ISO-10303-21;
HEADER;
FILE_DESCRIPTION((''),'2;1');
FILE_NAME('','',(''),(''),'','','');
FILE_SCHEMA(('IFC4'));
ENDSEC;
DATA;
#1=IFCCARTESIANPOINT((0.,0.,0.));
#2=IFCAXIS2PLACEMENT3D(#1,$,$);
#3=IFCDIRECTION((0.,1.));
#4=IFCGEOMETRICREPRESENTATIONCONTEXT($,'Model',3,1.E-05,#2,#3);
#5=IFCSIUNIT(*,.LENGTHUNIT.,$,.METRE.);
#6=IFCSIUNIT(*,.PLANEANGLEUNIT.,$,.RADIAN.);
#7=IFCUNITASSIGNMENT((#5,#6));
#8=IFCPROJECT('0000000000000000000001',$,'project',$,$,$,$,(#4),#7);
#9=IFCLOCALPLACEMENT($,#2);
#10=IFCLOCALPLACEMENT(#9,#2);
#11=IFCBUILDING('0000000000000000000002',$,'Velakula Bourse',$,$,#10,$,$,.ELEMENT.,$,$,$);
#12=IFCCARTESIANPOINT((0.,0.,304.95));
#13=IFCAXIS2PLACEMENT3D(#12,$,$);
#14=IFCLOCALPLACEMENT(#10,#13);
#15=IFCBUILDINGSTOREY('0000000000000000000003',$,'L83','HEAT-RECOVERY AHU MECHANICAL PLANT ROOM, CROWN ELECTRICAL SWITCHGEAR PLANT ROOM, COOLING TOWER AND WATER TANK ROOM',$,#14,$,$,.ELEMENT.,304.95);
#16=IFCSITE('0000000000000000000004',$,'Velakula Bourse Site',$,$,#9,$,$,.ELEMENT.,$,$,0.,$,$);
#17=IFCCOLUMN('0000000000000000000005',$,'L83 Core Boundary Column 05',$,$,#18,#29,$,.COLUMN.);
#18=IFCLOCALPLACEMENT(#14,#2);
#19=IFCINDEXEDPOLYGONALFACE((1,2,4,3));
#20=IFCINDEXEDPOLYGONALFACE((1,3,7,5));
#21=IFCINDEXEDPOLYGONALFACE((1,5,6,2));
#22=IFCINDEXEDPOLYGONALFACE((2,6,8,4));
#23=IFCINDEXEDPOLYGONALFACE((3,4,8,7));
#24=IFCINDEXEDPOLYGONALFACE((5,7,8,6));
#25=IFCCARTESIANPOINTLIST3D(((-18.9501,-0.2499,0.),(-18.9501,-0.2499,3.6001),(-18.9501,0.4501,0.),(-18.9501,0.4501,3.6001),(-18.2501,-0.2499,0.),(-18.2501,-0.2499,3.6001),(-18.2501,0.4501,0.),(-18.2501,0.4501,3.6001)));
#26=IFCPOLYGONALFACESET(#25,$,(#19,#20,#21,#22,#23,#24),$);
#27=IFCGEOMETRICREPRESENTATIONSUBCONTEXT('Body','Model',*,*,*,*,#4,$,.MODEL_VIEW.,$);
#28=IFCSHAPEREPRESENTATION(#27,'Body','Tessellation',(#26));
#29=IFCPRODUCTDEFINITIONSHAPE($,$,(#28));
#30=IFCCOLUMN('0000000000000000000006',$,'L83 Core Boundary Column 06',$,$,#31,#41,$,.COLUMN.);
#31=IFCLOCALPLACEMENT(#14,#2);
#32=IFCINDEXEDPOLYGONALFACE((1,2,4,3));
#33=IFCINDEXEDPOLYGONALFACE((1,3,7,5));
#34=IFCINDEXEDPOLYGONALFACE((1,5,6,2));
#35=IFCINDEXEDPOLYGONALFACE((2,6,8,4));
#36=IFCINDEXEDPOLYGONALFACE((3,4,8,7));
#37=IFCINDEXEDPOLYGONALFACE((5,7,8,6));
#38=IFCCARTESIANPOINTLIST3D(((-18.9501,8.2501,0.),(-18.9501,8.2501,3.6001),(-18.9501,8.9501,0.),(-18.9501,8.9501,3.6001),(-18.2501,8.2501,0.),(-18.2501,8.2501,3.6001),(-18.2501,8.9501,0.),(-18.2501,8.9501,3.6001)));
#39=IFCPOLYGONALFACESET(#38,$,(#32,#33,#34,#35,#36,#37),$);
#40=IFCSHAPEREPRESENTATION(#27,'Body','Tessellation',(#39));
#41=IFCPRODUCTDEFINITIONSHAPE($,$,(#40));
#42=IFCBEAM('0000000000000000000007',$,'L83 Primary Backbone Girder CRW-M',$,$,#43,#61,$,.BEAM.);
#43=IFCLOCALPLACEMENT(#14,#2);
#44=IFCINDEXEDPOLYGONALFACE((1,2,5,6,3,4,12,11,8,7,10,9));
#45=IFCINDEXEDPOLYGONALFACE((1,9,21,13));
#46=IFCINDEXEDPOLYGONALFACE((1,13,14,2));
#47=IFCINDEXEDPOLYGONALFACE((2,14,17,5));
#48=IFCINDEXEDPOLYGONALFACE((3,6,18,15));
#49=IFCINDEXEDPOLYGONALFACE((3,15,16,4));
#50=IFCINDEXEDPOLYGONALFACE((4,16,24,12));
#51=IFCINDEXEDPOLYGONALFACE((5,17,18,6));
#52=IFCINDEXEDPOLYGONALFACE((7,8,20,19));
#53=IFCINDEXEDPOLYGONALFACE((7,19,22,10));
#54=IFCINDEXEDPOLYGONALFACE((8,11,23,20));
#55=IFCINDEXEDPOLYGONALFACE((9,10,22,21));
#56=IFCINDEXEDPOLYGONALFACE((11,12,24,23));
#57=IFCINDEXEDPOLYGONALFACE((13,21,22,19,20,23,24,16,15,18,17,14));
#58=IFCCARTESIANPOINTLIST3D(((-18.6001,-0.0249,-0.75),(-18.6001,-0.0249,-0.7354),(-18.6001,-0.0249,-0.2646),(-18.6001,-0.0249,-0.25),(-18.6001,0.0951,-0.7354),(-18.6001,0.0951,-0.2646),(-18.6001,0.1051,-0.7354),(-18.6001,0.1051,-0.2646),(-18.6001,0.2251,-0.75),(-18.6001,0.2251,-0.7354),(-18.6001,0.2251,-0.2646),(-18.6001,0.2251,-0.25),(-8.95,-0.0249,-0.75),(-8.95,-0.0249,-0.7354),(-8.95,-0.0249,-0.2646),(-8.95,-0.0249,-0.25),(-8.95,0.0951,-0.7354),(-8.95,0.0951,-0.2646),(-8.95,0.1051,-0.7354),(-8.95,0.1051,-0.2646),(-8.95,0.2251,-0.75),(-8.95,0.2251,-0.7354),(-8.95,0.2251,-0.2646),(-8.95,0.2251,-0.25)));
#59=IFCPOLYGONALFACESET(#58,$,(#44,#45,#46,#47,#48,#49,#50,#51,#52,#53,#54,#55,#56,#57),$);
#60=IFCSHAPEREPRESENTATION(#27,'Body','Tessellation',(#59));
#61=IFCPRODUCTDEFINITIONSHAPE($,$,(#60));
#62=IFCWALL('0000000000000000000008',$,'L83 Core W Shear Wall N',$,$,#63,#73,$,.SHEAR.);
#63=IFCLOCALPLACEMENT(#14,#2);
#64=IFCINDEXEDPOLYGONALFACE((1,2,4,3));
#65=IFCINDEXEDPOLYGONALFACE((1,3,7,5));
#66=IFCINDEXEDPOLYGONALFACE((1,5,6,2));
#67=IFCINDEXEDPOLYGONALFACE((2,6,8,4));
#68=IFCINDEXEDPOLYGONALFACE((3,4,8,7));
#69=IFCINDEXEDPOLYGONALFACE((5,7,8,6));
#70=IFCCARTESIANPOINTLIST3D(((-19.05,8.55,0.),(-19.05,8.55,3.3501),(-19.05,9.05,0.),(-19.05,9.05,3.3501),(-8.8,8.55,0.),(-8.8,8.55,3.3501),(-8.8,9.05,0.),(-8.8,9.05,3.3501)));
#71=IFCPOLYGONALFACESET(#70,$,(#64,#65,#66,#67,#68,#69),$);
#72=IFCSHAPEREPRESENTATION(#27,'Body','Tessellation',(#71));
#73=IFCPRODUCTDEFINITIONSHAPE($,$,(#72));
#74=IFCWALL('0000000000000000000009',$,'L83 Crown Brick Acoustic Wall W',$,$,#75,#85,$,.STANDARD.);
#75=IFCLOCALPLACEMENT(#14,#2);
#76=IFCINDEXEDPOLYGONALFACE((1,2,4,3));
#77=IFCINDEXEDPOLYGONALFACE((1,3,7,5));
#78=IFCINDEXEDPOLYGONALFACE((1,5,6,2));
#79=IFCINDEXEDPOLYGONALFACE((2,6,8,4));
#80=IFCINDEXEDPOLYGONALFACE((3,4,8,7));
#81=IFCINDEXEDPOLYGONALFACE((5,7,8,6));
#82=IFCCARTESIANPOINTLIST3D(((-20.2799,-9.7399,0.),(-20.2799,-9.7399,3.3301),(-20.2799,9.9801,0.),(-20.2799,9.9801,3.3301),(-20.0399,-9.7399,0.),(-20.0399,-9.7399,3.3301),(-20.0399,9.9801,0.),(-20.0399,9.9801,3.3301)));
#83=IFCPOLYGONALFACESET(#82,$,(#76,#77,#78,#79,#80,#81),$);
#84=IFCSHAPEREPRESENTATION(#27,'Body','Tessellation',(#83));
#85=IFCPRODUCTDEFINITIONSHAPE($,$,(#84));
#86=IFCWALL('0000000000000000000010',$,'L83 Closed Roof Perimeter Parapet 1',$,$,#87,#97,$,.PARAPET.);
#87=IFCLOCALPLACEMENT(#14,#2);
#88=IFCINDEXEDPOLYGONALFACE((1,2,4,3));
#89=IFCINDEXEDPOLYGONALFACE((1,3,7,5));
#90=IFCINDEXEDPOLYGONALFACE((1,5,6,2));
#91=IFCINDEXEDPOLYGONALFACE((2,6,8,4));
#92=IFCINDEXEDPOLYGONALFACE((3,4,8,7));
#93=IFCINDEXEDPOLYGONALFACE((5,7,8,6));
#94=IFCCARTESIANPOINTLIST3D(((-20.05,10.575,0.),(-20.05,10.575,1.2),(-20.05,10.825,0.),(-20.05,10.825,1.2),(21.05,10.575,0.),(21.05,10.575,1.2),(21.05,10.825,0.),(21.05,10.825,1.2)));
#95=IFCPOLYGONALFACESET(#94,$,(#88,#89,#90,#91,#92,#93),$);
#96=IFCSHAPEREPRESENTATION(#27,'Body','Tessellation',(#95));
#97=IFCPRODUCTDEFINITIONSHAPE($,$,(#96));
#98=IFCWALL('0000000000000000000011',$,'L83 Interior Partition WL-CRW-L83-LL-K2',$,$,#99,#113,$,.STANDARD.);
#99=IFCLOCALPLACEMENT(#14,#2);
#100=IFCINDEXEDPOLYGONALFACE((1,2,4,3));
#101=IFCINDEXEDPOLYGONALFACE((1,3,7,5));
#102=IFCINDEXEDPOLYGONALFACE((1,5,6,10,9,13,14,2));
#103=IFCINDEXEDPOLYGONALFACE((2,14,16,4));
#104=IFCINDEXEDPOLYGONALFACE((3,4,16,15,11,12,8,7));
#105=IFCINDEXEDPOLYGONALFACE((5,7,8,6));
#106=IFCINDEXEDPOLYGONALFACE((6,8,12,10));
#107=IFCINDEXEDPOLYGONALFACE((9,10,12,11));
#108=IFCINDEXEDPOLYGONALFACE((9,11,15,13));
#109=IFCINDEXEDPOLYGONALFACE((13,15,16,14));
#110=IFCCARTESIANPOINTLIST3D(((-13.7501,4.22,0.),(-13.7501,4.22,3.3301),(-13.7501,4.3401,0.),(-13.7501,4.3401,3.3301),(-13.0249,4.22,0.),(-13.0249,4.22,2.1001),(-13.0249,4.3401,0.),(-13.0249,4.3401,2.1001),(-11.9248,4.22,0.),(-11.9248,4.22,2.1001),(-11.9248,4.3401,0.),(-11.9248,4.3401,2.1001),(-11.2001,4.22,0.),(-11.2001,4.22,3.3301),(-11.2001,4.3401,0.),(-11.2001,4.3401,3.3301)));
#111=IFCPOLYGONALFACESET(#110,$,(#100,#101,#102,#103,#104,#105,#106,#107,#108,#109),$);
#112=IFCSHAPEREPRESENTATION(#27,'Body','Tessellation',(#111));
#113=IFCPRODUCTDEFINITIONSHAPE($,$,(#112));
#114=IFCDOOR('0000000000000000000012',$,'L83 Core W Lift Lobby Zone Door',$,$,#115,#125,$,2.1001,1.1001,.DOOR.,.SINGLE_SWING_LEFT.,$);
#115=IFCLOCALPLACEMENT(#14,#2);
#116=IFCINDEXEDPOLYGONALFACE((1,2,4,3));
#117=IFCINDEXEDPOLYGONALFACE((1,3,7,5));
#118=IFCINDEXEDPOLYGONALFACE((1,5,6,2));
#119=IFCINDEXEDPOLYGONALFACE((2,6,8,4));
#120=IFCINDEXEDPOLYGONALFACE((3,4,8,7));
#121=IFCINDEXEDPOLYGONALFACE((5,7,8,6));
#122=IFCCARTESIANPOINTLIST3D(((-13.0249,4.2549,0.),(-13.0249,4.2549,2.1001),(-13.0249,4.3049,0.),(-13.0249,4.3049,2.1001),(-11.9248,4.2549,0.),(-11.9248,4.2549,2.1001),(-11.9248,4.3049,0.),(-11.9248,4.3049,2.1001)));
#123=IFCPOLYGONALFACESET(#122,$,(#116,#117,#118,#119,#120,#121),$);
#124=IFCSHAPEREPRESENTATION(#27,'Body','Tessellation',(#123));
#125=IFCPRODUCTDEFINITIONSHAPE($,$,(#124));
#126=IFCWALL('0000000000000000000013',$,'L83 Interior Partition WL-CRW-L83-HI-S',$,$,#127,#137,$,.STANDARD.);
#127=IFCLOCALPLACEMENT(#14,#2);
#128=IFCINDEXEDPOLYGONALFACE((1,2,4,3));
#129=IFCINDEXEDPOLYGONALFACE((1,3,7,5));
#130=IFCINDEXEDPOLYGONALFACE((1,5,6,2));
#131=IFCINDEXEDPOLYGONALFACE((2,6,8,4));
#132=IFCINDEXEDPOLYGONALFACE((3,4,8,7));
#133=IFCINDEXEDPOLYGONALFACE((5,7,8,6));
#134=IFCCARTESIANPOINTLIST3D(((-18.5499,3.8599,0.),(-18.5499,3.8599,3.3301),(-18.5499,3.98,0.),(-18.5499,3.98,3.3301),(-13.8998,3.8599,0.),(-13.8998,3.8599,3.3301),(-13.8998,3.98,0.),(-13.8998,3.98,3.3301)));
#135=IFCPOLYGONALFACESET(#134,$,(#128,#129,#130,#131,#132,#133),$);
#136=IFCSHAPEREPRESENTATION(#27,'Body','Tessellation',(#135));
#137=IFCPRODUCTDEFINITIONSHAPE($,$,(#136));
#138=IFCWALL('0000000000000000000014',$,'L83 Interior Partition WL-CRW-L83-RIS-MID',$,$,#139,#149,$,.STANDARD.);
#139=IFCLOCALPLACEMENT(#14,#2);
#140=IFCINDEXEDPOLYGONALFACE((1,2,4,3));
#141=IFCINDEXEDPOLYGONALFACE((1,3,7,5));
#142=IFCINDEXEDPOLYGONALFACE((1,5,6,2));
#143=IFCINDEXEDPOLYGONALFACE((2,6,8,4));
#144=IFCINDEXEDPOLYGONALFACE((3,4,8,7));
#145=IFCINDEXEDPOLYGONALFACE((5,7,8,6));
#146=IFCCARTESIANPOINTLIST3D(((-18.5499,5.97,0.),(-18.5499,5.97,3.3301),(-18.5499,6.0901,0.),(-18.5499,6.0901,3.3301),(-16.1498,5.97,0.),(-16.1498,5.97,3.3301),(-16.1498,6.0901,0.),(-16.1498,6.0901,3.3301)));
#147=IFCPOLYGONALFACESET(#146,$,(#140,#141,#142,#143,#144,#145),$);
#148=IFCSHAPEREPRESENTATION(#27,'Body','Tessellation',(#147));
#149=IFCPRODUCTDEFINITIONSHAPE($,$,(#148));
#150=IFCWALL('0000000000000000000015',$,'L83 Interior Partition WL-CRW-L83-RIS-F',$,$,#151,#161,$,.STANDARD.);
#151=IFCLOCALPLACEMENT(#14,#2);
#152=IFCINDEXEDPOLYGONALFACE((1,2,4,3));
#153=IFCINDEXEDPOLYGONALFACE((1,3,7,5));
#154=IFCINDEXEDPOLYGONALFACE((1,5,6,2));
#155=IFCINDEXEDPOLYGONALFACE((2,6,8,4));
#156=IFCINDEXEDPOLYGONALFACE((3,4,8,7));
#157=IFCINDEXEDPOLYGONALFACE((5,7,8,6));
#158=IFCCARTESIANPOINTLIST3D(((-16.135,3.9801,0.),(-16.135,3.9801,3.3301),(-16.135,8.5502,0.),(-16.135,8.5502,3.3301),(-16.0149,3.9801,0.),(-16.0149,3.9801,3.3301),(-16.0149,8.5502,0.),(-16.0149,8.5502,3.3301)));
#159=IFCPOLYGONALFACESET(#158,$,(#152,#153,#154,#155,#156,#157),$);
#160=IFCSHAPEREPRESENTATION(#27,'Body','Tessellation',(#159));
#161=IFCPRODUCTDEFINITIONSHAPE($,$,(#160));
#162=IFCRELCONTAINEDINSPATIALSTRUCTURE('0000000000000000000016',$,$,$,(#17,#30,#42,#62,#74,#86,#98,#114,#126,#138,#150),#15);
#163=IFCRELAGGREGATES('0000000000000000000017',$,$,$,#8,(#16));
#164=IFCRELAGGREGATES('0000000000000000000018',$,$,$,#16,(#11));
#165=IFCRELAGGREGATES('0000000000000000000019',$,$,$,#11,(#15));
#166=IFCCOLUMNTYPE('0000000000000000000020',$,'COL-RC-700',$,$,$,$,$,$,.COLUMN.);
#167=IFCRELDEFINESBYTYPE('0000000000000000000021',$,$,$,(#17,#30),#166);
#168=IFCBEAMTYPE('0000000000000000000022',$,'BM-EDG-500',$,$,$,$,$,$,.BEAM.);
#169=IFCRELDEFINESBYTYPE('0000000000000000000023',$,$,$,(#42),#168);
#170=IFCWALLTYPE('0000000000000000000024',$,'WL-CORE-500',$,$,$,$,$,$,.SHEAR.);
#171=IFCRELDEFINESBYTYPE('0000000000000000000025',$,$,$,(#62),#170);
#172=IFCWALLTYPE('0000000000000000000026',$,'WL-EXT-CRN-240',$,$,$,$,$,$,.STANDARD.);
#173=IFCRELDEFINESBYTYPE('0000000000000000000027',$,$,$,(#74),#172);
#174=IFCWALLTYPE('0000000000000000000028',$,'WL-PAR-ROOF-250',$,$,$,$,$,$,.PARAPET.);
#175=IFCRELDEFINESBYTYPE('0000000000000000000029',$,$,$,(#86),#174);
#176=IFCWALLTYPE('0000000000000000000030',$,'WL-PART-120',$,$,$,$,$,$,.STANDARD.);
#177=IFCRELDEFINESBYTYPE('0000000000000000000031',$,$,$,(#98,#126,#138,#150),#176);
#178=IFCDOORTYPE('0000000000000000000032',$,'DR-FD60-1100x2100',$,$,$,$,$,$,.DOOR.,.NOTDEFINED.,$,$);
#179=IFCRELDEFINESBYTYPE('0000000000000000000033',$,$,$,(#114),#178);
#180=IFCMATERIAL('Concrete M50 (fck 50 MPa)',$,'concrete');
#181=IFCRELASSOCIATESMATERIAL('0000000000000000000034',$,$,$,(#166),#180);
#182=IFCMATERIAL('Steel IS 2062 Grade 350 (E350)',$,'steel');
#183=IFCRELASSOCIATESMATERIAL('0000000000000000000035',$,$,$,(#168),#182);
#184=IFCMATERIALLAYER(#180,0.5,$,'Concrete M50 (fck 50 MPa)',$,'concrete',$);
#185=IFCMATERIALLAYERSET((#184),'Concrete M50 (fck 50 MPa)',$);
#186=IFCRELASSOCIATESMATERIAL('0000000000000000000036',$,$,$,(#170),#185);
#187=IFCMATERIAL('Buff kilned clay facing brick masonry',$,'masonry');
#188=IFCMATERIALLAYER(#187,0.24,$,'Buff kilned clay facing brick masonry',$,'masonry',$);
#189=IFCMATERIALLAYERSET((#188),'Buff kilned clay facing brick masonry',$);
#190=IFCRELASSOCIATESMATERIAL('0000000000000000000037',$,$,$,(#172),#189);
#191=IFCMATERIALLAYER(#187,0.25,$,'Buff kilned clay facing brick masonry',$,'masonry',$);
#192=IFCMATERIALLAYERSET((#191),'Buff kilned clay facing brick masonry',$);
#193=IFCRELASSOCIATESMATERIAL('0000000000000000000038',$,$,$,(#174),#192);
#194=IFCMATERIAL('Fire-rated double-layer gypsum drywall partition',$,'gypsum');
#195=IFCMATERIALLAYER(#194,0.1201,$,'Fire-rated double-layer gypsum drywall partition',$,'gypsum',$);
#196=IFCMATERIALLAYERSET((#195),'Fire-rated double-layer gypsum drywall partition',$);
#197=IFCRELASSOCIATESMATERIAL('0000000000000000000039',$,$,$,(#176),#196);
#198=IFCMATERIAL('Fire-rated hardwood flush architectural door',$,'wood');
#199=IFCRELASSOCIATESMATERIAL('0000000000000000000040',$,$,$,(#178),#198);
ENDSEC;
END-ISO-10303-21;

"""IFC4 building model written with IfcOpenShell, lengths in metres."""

from ifc_helpers import new_model, si_unit, direction, frame, frame_2d, origin, origin_2d, place, context, subcontext, project, spatial, rectangle, i_section, extrude, material, layer, layer_set, material_profile, profile_set, type_object, element, fill, save


model = new_model("IFC4")

# Units and contexts
model_context = context("Model", 3, precision=1e-05, world=origin(), true_north=direction((0.0, 1.0)))
body_context = subcontext(model_context, "Body", "Model", "MODEL_VIEW")
ifc_project = project(units=[si_unit("LENGTHUNIT", "METRE"), si_unit("PLANEANGLEUNIT", "RADIAN")], contexts=[model_context])

# Site, building, storey
site_placement = place(None, origin())
site = spatial("IfcSite", under=ifc_project, at=site_placement, Name="Velakula Bourse Site", CompositionType="ELEMENT", RefElevation=0.0)
building_placement = place(site_placement, origin())
building = spatial("IfcBuilding", under=site, at=building_placement, Name="Velakula Bourse", CompositionType="ELEMENT")
storey_placement = place(building_placement, frame((0.0, 0.0, 304.95)))
storey = spatial("IfcBuildingStorey", under=building, at=storey_placement, Name="L83", Description="HEAT-RECOVERY AHU MECHANICAL PLANT ROOM, CROWN ELECTRICAL SWITCHGEAR PLANT ROOM, COOLING TOWER AND WATER TANK ROOM", CompositionType="ELEMENT", Elevation=304.95)

# Columns
ifc_material_1 = material(Name="Concrete M50 (fck 50 MPa)", Category="concrete")
ifc_material_profile_1 = material_profile(ifc_material_1, rectangle(XDim=0.7, YDim=0.7, at=origin_2d()), Name="Concrete M50 (fck 50 MPa)")
ifc_profile_set_1 = profile_set([ifc_material_profile_1], Name="Concrete M50 (fck 50 MPa)")
column_type = type_object("IfcColumnType", Name="COL-RC-700", PredefinedType="COLUMN", material=ifc_profile_set_1)
for number, where, z_axis, x_axis, name in (
    (1, (-18.6001, 0.1001, 0.0), (0.0, 0.0, 1.0), (1.0, 0.0, 0.0), "L83 Core Boundary Column 05"),
    (2, (-18.6001, 8.6001, 0.0), (0.0, 0.0, 1.0), (1.0, 0.0, 0.0), "L83 Core Boundary Column 06"),
):
    element("IfcColumn", number, at=place(storey_placement, frame(where, z_axis=z_axis, x_axis=x_axis)), inside=storey, type_object=column_type, Name=name, PredefinedType="COLUMN", context=body_context, shape_type="SweptSolid", body=[
        extrude(rectangle(XDim=0.7, YDim=0.7, at=origin_2d()), origin(), (0.0, 0.0, 1.0), 3.6001),
    ])

# Beam
ifc_material_2 = material(Name="Steel IS 2062 Grade 350 (E350)", Category="steel")
ifc_material_profile_2 = material_profile(ifc_material_2, i_section(OverallWidth=0.25, OverallDepth=0.5, WebThickness=0.01, FlangeThickness=0.0146, at=origin_2d()), Name="Steel IS 2062 Grade 350 (E350)")
ifc_profile_set_2 = profile_set([ifc_material_profile_2], Name="Steel IS 2062 Grade 350 (E350)")
beam_type = type_object("IfcBeamType", Name="BM-EDG-500", PredefinedType="BEAM", material=ifc_profile_set_2)
beam_placement = place(storey_placement, frame((-18.6001, 0.1001, -0.5), z_axis=(1.0, 0.0, 0.0), x_axis=(0.0, 1.0, 0.0)))
element("IfcBeam", 3, at=beam_placement, inside=storey, type_object=beam_type, Name="L83 Primary Backbone Girder CRW-M", PredefinedType="BEAM", context=body_context, shape_type="SweptSolid", body=[
    extrude(i_section(OverallWidth=0.25, OverallDepth=0.5, WebThickness=0.01, FlangeThickness=0.0146, at=origin_2d()), origin(), (0.0, 0.0, 1.0), 9.6501),
])

# Walls
ifc_layer_1 = layer(ifc_material_1, 0.5, Name="Concrete M50 (fck 50 MPa)", Category="concrete")
ifc_layer_set_1 = layer_set([ifc_layer_1], Name="Concrete M50 (fck 50 MPa)")
wall_type_1 = type_object("IfcWallType", Name="WL-CORE-500", PredefinedType="SHEAR", material=ifc_layer_set_1)
wall_1_placement = place(storey_placement, frame((-19.05, 8.8, 0.0), z_axis=(0.0, 0.0, 1.0), x_axis=(1.0, 0.0, 0.0)))
element("IfcWall", 4, at=wall_1_placement, inside=storey, type_object=wall_type_1, Name="L83 Core W Shear Wall N", PredefinedType="SHEAR", context=body_context, shape_type="SweptSolid", body=[
    extrude(rectangle(XDim=10.25, YDim=0.5, at=frame_2d((5.125, 0.0))), origin(), (0.0, 0.0, 1.0), 3.3501),
])
ifc_material_3 = material(Name="Buff kilned clay facing brick masonry", Category="masonry")
ifc_layer_2 = layer(ifc_material_3, 0.24, Name="Buff kilned clay facing brick masonry", Category="masonry")
ifc_layer_set_2 = layer_set([ifc_layer_2], Name="Buff kilned clay facing brick masonry")
wall_type_2 = type_object("IfcWallType", Name="WL-EXT-CRN-240", PredefinedType="STANDARD", material=ifc_layer_set_2)
wall_2_placement = place(storey_placement, frame((-20.1599, 9.98, 0.0), z_axis=(0.0, 0.0, 1.0), x_axis=(0.0, -1.0, 0.0)))
element("IfcWall", 5, at=wall_2_placement, inside=storey, type_object=wall_type_2, Name="L83 Crown Brick Acoustic Wall W", PredefinedType="STANDARD", context=body_context, shape_type="SweptSolid", body=[
    extrude(rectangle(XDim=19.72, YDim=0.24, at=frame_2d((9.8599, 0.0))), origin(), (0.0, 0.0, 1.0), 3.3301),
])
ifc_layer_3 = layer(ifc_material_3, 0.25, Name="Buff kilned clay facing brick masonry", Category="masonry")
ifc_layer_set_3 = layer_set([ifc_layer_3], Name="Buff kilned clay facing brick masonry")
wall_type_3 = type_object("IfcWallType", Name="WL-PAR-ROOF-250", PredefinedType="PARAPET", material=ifc_layer_set_3)
wall_3_placement = place(storey_placement, frame((-20.05, 10.7, 0.0), z_axis=(0.0, 0.0, 1.0), x_axis=(1.0, 0.0, 0.0)))
element("IfcWall", 6, at=wall_3_placement, inside=storey, type_object=wall_type_3, Name="L83 Closed Roof Perimeter Parapet 1", PredefinedType="PARAPET", context=body_context, shape_type="SweptSolid", body=[
    extrude(rectangle(XDim=41.1001, YDim=0.25, at=frame_2d((20.55, 0.0))), origin(), (0.0, 0.0, 1.0), 1.2),
])

# Wall, opening, door
ifc_material_4 = material(Name="Fire-rated double-layer gypsum drywall partition", Category="gypsum")
ifc_layer_4 = layer(ifc_material_4, 0.1201, Name="Fire-rated double-layer gypsum drywall partition", Category="gypsum")
ifc_layer_set_4 = layer_set([ifc_layer_4], Name="Fire-rated double-layer gypsum drywall partition")
wall_type_4 = type_object("IfcWallType", Name="WL-PART-120", PredefinedType="STANDARD", material=ifc_layer_set_4)
wall_4_placement = place(storey_placement, frame((-13.75, 4.28, 0.0), z_axis=(0.0, 0.0, 1.0), x_axis=(1.0, 0.0, 0.0)))
wall_4 = element("IfcWall", 7, at=wall_4_placement, inside=storey, type_object=wall_type_4, Name="L83 Interior Partition WL-CRW-L83-LL-K2", PredefinedType="STANDARD", context=body_context, shape_type="SweptSolid", body=[
    extrude(rectangle(XDim=2.55, YDim=0.1201, at=frame_2d((1.2749, 0.0))), origin(), (0.0, 0.0, 1.0), 3.3301),
])
opening_1_placement = place(wall_4_placement, frame((0.7251, 0.0, 0.0)))
opening_1 = element("IfcOpeningElement", 8, at=opening_1_placement, cuts=wall_4, PredefinedType="OPENING", context=body_context, shape_type="SweptSolid", body=[
    extrude(rectangle(XDim=1.1001, YDim=2.1001, at=frame_2d((0.55, 1.05))), frame((0.0, 0.0701, 0.0), z_axis=(0.0, -1.0, 0.0), x_axis=(1.0, 0.0, 0.0)), (0.0, 0.0, 1.0), 0.1401),
])
ifc_material_5 = material(Name="Fire-rated hardwood flush architectural door", Category="wood")
door_type_1 = type_object("IfcDoorType", Name="DR-FD60-1100x2100", OperationType="NOTDEFINED", PredefinedType="DOOR", material=ifc_material_5)
door_1_placement = place(opening_1_placement, origin())
door_1 = element("IfcDoor", 9, at=door_1_placement, inside=storey, type_object=door_type_1, Name="L83 Core W Lift Lobby Zone Door", OperationType="SINGLE_SWING_LEFT", OverallHeight=2.1001, OverallWidth=1.1001, PredefinedType="DOOR", context=body_context, shape_type="SweptSolid", body=[
    extrude(rectangle(XDim=1.1001, YDim=2.1001, at=frame_2d((0.55, 1.05))), frame((0.0, 0.0249, 0.0), z_axis=(0.0, -1.0, 0.0), x_axis=(1.0, 0.0, 0.0)), (0.0, 0.0, 1.0), 0.05),
])
fill(opening_1, door_1)

# Walls
wall_5_placement = place(storey_placement, frame((-18.55, 3.9199, 0.0), z_axis=(0.0, 0.0, 1.0), x_axis=(1.0, 0.0, 0.0)))
element("IfcWall", 10, at=wall_5_placement, inside=storey, type_object=wall_type_4, Name="L83 Interior Partition WL-CRW-L83-HI-S", PredefinedType="STANDARD", context=body_context, shape_type="SweptSolid", body=[
    extrude(rectangle(XDim=4.6501, YDim=0.1201, at=frame_2d((2.3252, 0.0))), origin(), (0.0, 0.0, 1.0), 3.3301),
])
wall_6_placement = place(storey_placement, frame((-18.55, 6.03, 0.0), z_axis=(0.0, 0.0, 1.0), x_axis=(1.0, 0.0, 0.0)))
element("IfcWall", 11, at=wall_6_placement, inside=storey, type_object=wall_type_4, Name="L83 Interior Partition WL-CRW-L83-RIS-MID", PredefinedType="STANDARD", context=body_context, shape_type="SweptSolid", body=[
    extrude(rectangle(XDim=2.4001, YDim=0.1201, at=frame_2d((1.2002, 0.0))), origin(), (0.0, 0.0, 1.0), 3.3301),
])
wall_7_placement = place(storey_placement, frame((-16.075, 3.98, 0.0), z_axis=(0.0, 0.0, 1.0), x_axis=(0.0, 1.0, 0.0)))
element("IfcWall", 12, at=wall_7_placement, inside=storey, type_object=wall_type_4, Name="L83 Interior Partition WL-CRW-L83-RIS-F", PredefinedType="STANDARD", context=body_context, shape_type="SweptSolid", body=[
    extrude(rectangle(XDim=4.5701, YDim=0.1201, at=frame_2d((2.2852, 0.0))), origin(), (0.0, 0.0, 1.0), 3.3301),
])

save(model, "model.ifc")
